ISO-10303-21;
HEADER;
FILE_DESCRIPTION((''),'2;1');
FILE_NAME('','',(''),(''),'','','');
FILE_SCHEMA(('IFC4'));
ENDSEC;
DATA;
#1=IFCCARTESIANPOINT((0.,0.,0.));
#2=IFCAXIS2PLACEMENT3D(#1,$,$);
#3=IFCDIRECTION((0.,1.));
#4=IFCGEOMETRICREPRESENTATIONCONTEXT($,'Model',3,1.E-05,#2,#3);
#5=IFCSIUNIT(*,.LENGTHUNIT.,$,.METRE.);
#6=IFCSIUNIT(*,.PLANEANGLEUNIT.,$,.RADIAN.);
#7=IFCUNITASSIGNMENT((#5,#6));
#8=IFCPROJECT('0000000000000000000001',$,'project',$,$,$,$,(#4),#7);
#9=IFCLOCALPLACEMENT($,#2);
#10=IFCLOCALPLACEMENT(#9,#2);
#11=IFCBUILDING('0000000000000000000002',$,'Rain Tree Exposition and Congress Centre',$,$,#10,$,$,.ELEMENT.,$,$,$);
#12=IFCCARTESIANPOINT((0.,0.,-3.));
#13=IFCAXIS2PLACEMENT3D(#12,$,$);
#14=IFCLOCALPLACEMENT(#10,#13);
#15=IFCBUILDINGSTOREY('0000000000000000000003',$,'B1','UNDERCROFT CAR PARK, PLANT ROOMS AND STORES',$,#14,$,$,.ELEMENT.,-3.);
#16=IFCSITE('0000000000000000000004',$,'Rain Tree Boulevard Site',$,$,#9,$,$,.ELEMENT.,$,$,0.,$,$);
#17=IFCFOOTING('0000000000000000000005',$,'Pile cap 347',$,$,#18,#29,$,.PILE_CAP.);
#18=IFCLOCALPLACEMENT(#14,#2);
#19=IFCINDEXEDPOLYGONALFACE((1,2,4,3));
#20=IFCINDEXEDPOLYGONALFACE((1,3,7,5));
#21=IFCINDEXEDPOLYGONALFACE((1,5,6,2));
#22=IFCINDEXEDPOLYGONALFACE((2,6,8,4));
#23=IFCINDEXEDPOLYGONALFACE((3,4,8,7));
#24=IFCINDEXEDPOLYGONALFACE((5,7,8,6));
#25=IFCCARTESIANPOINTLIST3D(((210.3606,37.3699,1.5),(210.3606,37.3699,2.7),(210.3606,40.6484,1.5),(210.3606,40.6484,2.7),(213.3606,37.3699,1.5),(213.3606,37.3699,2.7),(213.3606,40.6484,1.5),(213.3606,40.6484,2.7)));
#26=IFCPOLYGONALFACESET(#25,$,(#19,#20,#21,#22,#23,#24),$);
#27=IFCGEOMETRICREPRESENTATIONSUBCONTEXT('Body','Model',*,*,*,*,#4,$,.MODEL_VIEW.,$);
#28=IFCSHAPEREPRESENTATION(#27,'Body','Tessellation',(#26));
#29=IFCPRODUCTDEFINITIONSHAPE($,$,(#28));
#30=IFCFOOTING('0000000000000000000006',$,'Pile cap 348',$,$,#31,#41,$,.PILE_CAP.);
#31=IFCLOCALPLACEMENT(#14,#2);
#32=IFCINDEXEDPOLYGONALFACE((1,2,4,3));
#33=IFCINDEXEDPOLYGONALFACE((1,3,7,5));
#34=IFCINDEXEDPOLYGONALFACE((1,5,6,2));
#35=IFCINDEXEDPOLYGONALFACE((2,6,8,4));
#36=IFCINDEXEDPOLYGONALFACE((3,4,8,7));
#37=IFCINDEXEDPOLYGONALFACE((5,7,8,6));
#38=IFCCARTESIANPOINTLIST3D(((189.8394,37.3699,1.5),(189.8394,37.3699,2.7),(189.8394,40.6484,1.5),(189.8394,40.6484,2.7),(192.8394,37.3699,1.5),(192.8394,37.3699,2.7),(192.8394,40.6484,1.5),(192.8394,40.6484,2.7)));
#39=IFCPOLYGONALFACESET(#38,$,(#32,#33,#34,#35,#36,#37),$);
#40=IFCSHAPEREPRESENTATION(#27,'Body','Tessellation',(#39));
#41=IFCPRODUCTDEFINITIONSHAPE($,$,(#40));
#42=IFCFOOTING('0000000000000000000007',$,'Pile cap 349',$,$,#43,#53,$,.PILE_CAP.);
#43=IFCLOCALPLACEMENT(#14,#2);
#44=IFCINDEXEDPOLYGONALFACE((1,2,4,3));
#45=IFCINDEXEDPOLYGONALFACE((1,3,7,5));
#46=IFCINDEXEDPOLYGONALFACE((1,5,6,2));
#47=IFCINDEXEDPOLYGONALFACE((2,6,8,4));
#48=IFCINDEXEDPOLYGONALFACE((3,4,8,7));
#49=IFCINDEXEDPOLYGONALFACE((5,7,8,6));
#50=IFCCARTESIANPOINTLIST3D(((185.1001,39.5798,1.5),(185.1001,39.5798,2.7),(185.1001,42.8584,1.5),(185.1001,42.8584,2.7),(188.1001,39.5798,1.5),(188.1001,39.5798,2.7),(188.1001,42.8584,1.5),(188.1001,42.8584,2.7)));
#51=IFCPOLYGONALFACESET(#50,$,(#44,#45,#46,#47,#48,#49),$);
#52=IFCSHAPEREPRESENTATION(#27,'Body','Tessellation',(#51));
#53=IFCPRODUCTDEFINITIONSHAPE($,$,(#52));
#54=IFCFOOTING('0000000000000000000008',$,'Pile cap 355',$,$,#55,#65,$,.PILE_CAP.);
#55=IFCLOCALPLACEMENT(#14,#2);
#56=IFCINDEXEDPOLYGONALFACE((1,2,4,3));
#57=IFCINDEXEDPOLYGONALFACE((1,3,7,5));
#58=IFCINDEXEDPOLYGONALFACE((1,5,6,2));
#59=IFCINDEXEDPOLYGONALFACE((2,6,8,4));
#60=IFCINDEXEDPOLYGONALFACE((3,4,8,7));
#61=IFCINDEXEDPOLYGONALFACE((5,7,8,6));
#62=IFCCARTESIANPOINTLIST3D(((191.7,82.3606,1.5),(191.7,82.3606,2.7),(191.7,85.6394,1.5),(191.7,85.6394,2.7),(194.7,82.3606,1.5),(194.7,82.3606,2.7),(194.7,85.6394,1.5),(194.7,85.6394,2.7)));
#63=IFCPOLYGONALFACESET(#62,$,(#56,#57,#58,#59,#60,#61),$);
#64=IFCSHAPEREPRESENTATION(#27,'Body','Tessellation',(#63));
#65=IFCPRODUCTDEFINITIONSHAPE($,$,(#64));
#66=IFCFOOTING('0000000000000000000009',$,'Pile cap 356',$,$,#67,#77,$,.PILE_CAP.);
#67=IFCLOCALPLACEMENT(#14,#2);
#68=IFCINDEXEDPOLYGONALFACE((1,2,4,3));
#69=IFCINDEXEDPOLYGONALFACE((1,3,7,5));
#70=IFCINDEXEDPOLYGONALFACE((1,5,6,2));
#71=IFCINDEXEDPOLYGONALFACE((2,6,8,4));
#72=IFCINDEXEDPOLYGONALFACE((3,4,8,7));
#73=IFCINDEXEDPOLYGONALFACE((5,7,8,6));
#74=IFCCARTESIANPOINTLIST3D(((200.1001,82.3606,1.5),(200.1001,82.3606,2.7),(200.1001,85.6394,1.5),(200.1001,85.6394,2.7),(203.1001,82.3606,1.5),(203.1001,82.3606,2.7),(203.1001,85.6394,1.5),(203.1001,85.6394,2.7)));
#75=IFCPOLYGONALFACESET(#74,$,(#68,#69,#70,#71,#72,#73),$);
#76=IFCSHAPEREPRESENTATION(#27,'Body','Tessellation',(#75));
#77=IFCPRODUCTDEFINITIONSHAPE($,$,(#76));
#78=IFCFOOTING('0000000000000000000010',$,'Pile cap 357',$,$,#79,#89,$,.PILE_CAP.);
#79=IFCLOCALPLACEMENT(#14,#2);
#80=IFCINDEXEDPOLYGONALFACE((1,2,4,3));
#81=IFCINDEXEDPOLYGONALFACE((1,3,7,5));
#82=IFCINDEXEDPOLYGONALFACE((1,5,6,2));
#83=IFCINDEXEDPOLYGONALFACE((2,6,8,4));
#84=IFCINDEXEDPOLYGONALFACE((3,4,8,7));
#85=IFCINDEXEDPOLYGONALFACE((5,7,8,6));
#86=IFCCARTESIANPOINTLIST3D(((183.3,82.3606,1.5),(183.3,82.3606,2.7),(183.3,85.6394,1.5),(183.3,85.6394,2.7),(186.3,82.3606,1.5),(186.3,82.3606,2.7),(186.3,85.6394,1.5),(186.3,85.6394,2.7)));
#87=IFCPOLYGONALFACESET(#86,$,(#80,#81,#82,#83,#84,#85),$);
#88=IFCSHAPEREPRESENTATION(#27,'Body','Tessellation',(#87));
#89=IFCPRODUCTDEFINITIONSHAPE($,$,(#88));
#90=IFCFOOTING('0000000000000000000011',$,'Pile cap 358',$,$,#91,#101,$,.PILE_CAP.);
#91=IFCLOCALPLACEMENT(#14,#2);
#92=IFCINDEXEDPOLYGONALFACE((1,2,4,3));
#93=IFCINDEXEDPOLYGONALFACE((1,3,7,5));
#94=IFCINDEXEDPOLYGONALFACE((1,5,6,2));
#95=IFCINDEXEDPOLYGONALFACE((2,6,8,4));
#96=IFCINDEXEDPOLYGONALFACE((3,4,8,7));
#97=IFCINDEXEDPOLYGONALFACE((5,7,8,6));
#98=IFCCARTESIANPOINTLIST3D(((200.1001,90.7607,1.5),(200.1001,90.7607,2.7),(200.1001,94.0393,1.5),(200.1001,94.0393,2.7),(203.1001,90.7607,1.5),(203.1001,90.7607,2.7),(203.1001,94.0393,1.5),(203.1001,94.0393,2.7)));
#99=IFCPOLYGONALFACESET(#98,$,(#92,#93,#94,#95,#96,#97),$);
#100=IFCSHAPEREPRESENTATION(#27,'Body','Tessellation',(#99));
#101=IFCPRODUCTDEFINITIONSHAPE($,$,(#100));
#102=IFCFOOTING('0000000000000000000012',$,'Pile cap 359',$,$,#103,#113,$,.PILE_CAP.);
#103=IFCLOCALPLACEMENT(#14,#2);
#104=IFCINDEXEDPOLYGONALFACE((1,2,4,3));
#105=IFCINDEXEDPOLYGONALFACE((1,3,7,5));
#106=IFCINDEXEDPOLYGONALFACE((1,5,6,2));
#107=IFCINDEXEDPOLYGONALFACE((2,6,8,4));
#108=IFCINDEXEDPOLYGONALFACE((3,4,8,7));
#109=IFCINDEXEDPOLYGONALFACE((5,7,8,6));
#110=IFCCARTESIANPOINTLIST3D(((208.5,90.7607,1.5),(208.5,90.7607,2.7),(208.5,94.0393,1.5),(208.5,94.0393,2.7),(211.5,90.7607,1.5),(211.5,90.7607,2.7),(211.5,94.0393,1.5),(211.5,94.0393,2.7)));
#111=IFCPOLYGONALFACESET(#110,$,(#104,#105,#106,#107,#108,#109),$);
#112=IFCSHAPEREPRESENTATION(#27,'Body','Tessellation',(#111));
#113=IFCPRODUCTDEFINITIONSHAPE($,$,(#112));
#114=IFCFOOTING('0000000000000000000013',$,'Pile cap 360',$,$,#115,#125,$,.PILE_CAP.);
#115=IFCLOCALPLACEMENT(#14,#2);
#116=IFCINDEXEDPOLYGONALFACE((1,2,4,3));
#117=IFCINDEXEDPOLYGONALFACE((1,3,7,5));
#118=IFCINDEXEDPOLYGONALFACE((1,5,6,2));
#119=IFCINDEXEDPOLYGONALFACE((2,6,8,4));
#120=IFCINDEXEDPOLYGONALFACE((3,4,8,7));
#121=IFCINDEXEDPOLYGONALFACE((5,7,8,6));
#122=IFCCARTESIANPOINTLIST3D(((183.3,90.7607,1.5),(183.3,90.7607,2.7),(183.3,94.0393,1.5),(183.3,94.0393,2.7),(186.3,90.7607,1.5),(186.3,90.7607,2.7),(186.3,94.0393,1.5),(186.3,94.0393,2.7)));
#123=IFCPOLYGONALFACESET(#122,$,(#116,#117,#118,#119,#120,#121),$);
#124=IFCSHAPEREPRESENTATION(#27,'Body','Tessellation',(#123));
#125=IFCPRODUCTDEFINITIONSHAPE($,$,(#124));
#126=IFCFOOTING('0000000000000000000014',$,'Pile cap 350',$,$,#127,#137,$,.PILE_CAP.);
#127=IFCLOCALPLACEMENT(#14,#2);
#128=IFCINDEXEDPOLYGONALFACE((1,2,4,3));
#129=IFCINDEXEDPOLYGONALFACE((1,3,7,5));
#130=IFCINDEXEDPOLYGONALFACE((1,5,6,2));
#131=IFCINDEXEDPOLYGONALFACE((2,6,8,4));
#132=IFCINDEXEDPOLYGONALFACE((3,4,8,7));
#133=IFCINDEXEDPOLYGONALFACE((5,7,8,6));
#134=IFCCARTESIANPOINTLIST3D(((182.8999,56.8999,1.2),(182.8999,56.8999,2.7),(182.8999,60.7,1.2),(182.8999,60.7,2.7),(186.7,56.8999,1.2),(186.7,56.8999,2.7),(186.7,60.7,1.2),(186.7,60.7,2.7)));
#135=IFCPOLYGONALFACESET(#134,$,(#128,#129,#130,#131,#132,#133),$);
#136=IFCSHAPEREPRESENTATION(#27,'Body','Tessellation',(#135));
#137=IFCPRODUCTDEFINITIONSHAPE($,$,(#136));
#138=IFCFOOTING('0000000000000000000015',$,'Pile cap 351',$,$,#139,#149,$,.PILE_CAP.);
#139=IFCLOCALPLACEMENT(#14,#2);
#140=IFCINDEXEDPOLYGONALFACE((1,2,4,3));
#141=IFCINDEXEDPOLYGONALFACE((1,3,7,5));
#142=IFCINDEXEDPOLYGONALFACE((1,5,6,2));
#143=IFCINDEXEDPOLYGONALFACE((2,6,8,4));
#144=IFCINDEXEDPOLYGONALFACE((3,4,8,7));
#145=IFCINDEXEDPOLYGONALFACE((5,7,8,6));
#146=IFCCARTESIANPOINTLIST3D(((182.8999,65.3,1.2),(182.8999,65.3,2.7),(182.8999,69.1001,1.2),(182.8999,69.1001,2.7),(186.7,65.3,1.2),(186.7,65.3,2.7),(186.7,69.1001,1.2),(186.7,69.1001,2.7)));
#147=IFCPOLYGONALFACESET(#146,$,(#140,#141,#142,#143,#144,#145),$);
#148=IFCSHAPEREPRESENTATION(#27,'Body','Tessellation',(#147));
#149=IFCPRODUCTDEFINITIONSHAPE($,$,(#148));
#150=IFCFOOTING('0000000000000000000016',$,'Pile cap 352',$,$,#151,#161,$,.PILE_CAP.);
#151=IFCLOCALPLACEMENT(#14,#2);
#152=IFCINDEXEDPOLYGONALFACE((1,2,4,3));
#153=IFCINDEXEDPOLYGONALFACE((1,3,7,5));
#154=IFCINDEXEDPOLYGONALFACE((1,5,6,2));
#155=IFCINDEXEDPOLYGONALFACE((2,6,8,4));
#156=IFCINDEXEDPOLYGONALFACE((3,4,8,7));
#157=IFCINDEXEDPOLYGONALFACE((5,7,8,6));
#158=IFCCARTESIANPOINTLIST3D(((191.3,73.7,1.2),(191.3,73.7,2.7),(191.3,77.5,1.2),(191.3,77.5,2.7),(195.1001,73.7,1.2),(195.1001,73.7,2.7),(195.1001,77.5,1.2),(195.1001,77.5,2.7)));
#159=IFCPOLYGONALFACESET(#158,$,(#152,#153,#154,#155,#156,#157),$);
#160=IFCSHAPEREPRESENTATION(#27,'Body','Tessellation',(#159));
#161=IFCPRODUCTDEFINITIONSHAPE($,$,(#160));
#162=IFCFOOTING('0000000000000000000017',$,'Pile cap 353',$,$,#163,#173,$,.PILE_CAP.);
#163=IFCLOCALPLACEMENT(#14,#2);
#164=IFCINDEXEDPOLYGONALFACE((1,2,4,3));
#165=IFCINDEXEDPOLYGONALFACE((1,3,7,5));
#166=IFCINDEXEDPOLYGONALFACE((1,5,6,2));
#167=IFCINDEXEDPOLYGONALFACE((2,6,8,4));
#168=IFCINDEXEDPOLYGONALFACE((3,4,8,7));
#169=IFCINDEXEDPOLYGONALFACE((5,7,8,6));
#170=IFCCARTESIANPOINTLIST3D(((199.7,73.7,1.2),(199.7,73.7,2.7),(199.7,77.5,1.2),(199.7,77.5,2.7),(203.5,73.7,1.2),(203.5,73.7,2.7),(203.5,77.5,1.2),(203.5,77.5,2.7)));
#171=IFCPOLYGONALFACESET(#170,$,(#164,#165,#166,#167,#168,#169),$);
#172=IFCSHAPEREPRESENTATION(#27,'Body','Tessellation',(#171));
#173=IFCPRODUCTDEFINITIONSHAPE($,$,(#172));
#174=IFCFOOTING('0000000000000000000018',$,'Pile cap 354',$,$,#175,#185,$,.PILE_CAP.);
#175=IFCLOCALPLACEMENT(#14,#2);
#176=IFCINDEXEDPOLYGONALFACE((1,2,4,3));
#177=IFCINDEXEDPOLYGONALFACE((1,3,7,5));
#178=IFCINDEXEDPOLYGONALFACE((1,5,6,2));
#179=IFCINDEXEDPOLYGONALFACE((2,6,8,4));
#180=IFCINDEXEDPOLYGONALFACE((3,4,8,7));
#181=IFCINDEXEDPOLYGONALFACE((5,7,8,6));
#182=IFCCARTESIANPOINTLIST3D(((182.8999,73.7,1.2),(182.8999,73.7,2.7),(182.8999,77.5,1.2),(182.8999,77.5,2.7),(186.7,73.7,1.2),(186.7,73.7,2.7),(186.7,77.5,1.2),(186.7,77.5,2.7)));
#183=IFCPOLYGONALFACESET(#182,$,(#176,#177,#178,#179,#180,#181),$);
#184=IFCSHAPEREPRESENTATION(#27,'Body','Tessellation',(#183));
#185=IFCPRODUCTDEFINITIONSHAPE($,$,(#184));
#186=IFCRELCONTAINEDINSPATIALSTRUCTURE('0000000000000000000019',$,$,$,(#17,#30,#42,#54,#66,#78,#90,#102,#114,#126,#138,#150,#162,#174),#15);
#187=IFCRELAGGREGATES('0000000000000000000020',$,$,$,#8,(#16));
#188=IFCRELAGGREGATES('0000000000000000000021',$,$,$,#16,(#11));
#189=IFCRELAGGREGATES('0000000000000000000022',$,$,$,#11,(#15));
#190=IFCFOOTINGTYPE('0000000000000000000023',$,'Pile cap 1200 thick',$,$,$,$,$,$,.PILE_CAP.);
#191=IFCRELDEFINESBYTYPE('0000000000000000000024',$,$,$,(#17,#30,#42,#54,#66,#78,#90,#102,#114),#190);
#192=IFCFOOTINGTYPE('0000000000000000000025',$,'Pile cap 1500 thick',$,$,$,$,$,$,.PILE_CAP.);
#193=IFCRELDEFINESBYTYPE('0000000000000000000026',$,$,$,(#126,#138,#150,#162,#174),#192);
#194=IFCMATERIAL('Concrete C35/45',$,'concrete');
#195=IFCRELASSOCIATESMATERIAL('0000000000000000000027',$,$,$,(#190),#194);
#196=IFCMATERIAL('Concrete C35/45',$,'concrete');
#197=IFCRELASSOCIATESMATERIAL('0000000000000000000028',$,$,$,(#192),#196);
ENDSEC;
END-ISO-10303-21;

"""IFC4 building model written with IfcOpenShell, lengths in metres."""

from ifc_helpers import new_model, si_unit, direction, frame, origin, place, context, subcontext, project, spatial, polyline, outline, extrude, material, type_object, element, save


model = new_model("IFC4")

# Units and contexts
model_context = context("Model", 3, precision=1e-05, world=origin(), true_north=direction((0.0, 1.0)))
body_context = subcontext(model_context, "Body", "Model", "MODEL_VIEW")
ifc_project = project(units=[si_unit("LENGTHUNIT", "METRE"), si_unit("PLANEANGLEUNIT", "RADIAN")], contexts=[model_context])

# Site, building, storey
site_placement = place(None, origin())
site = spatial("IfcSite", under=ifc_project, at=site_placement, Name="Rain Tree Boulevard Site", CompositionType="ELEMENT", RefElevation=0.0)
building_placement = place(site_placement, origin())
building = spatial("IfcBuilding", under=site, at=building_placement, Name="Rain Tree Exposition and Congress Centre", CompositionType="ELEMENT")
storey_placement = place(building_placement, frame((0.0, 0.0, -3.0)))
storey = spatial("IfcBuildingStorey", under=building, at=storey_placement, Name="B1", Description="UNDERCROFT CAR PARK, PLANT ROOMS AND STORES", CompositionType="ELEMENT", Elevation=-3.0)

# Footings
ifc_material_1 = material(Name="Concrete C35/45", Category="concrete")
footing_type_1 = type_object("IfcFootingType", Name="Pile cap 1200 thick", PredefinedType="PILE_CAP", material=ifc_material_1)
footing_1_placement = place(storey_placement, frame((0.0, 0.0, 1.5)))
element("IfcFooting", 1, at=footing_1_placement, inside=storey, type_object=footing_type_1, Name="Pile cap 347", PredefinedType="PILE_CAP", context=body_context, shape_type="SweptSolid", body=[
    extrude(outline(polyline([(213.3606, 37.3699), (213.3606, 40.6484), (210.3606, 40.6484), (210.3606, 37.3699), (213.3606, 37.3699)])), origin(), (0.0, 0.0, 1.0), 1.2),
])
footing_2_placement = place(storey_placement, frame((0.0, 0.0, 1.5)))
element("IfcFooting", 2, at=footing_2_placement, inside=storey, type_object=footing_type_1, Name="Pile cap 348", PredefinedType="PILE_CAP", context=body_context, shape_type="SweptSolid", body=[
    extrude(outline(polyline([(192.8394, 37.3699), (192.8394, 40.6484), (189.8394, 40.6484), (189.8394, 37.3699), (192.8394, 37.3699)])), origin(), (0.0, 0.0, 1.0), 1.2),
])
footing_3_placement = place(storey_placement, frame((0.0, 0.0, 1.5)))
element("IfcFooting", 3, at=footing_3_placement, inside=storey, type_object=footing_type_1, Name="Pile cap 349", PredefinedType="PILE_CAP", context=body_context, shape_type="SweptSolid", body=[
    extrude(outline(polyline([(188.1001, 39.5798), (188.1001, 42.8584), (185.1001, 42.8584), (185.1001, 39.5798), (188.1001, 39.5798)])), origin(), (0.0, 0.0, 1.0), 1.2),
])
footing_4_placement = place(storey_placement, frame((0.0, 0.0, 1.5)))
element("IfcFooting", 4, at=footing_4_placement, inside=storey, type_object=footing_type_1, Name="Pile cap 355", PredefinedType="PILE_CAP", context=body_context, shape_type="SweptSolid", body=[
    extrude(outline(polyline([(194.7, 82.3606), (194.7, 85.6394), (191.7, 85.6394), (191.7, 82.3606), (194.7, 82.3606)])), origin(), (0.0, 0.0, 1.0), 1.2),
])
footing_5_placement = place(storey_placement, frame((0.0, 0.0, 1.5)))
element("IfcFooting", 5, at=footing_5_placement, inside=storey, type_object=footing_type_1, Name="Pile cap 356", PredefinedType="PILE_CAP", context=body_context, shape_type="SweptSolid", body=[
    extrude(outline(polyline([(203.1001, 82.3606), (203.1001, 85.6394), (200.1001, 85.6394), (200.1001, 82.3606), (203.1001, 82.3606)])), origin(), (0.0, 0.0, 1.0), 1.2),
])
footing_6_placement = place(storey_placement, frame((0.0, 0.0, 1.5)))
element("IfcFooting", 6, at=footing_6_placement, inside=storey, type_object=footing_type_1, Name="Pile cap 357", PredefinedType="PILE_CAP", context=body_context, shape_type="SweptSolid", body=[
    extrude(outline(polyline([(186.3, 82.3606), (186.3, 85.6394), (183.3, 85.6394), (183.3, 82.3606), (186.3, 82.3606)])), origin(), (0.0, 0.0, 1.0), 1.2),
])
footing_7_placement = place(storey_placement, frame((0.0, 0.0, 1.5)))
element("IfcFooting", 7, at=footing_7_placement, inside=storey, type_object=footing_type_1, Name="Pile cap 358", PredefinedType="PILE_CAP", context=body_context, shape_type="SweptSolid", body=[
    extrude(outline(polyline([(203.1001, 90.7607), (203.1001, 94.0393), (200.1001, 94.0393), (200.1001, 90.7607), (203.1001, 90.7607)])), origin(), (0.0, 0.0, 1.0), 1.2),
])
footing_8_placement = place(storey_placement, frame((0.0, 0.0, 1.5)))
element("IfcFooting", 8, at=footing_8_placement, inside=storey, type_object=footing_type_1, Name="Pile cap 359", PredefinedType="PILE_CAP", context=body_context, shape_type="SweptSolid", body=[
    extrude(outline(polyline([(211.5, 90.7607), (211.5, 94.0393), (208.5, 94.0393), (208.5, 90.7607), (211.5, 90.7607)])), origin(), (0.0, 0.0, 1.0), 1.2),
])
footing_9_placement = place(storey_placement, frame((0.0, 0.0, 1.5)))
element("IfcFooting", 9, at=footing_9_placement, inside=storey, type_object=footing_type_1, Name="Pile cap 360", PredefinedType="PILE_CAP", context=body_context, shape_type="SweptSolid", body=[
    extrude(outline(polyline([(186.3, 90.7607), (186.3, 94.0393), (183.3, 94.0393), (183.3, 90.7607), (186.3, 90.7607)])), origin(), (0.0, 0.0, 1.0), 1.2),
])
ifc_material_2 = material(Name="Concrete C35/45", Category="concrete")
footing_type_2 = type_object("IfcFootingType", Name="Pile cap 1500 thick", PredefinedType="PILE_CAP", material=ifc_material_2)
footing_10_placement = place(storey_placement, frame((0.0, 0.0, 1.2)))
element("IfcFooting", 10, at=footing_10_placement, inside=storey, type_object=footing_type_2, Name="Pile cap 350", PredefinedType="PILE_CAP", context=body_context, shape_type="SweptSolid", body=[
    extrude(outline(polyline([(186.7, 56.8999), (186.7, 60.7), (182.8999, 60.7), (182.8999, 56.8999), (186.7, 56.8999)])), origin(), (0.0, 0.0, 1.0), 1.5),
])
footing_11_placement = place(storey_placement, frame((0.0, 0.0, 1.2)))
element("IfcFooting", 11, at=footing_11_placement, inside=storey, type_object=footing_type_2, Name="Pile cap 351", PredefinedType="PILE_CAP", context=body_context, shape_type="SweptSolid", body=[
    extrude(outline(polyline([(186.7, 65.3), (186.7, 69.1001), (182.8999, 69.1001), (182.8999, 65.3), (186.7, 65.3)])), origin(), (0.0, 0.0, 1.0), 1.5),
])
footing_12_placement = place(storey_placement, frame((0.0, 0.0, 1.2)))
element("IfcFooting", 12, at=footing_12_placement, inside=storey, type_object=footing_type_2, Name="Pile cap 352", PredefinedType="PILE_CAP", context=body_context, shape_type="SweptSolid", body=[
    extrude(outline(polyline([(195.1001, 73.7), (195.1001, 77.5), (191.3, 77.5), (191.3, 73.7), (195.1001, 73.7)])), origin(), (0.0, 0.0, 1.0), 1.5),
])
footing_13_placement = place(storey_placement, frame((0.0, 0.0, 1.2)))
element("IfcFooting", 13, at=footing_13_placement, inside=storey, type_object=footing_type_2, Name="Pile cap 353", PredefinedType="PILE_CAP", context=body_context, shape_type="SweptSolid", body=[
    extrude(outline(polyline([(203.5, 73.7), (203.5, 77.5), (199.7, 77.5), (199.7, 73.7), (203.5, 73.7)])), origin(), (0.0, 0.0, 1.0), 1.5),
])
footing_14_placement = place(storey_placement, frame((0.0, 0.0, 1.2)))
element("IfcFooting", 14, at=footing_14_placement, inside=storey, type_object=footing_type_2, Name="Pile cap 354", PredefinedType="PILE_CAP", context=body_context, shape_type="SweptSolid", body=[
    extrude(outline(polyline([(186.7, 73.7), (186.7, 77.5), (182.8999, 77.5), (182.8999, 73.7), (186.7, 73.7)])), origin(), (0.0, 0.0, 1.0), 1.5),
])

save(model, "model.ifc")
